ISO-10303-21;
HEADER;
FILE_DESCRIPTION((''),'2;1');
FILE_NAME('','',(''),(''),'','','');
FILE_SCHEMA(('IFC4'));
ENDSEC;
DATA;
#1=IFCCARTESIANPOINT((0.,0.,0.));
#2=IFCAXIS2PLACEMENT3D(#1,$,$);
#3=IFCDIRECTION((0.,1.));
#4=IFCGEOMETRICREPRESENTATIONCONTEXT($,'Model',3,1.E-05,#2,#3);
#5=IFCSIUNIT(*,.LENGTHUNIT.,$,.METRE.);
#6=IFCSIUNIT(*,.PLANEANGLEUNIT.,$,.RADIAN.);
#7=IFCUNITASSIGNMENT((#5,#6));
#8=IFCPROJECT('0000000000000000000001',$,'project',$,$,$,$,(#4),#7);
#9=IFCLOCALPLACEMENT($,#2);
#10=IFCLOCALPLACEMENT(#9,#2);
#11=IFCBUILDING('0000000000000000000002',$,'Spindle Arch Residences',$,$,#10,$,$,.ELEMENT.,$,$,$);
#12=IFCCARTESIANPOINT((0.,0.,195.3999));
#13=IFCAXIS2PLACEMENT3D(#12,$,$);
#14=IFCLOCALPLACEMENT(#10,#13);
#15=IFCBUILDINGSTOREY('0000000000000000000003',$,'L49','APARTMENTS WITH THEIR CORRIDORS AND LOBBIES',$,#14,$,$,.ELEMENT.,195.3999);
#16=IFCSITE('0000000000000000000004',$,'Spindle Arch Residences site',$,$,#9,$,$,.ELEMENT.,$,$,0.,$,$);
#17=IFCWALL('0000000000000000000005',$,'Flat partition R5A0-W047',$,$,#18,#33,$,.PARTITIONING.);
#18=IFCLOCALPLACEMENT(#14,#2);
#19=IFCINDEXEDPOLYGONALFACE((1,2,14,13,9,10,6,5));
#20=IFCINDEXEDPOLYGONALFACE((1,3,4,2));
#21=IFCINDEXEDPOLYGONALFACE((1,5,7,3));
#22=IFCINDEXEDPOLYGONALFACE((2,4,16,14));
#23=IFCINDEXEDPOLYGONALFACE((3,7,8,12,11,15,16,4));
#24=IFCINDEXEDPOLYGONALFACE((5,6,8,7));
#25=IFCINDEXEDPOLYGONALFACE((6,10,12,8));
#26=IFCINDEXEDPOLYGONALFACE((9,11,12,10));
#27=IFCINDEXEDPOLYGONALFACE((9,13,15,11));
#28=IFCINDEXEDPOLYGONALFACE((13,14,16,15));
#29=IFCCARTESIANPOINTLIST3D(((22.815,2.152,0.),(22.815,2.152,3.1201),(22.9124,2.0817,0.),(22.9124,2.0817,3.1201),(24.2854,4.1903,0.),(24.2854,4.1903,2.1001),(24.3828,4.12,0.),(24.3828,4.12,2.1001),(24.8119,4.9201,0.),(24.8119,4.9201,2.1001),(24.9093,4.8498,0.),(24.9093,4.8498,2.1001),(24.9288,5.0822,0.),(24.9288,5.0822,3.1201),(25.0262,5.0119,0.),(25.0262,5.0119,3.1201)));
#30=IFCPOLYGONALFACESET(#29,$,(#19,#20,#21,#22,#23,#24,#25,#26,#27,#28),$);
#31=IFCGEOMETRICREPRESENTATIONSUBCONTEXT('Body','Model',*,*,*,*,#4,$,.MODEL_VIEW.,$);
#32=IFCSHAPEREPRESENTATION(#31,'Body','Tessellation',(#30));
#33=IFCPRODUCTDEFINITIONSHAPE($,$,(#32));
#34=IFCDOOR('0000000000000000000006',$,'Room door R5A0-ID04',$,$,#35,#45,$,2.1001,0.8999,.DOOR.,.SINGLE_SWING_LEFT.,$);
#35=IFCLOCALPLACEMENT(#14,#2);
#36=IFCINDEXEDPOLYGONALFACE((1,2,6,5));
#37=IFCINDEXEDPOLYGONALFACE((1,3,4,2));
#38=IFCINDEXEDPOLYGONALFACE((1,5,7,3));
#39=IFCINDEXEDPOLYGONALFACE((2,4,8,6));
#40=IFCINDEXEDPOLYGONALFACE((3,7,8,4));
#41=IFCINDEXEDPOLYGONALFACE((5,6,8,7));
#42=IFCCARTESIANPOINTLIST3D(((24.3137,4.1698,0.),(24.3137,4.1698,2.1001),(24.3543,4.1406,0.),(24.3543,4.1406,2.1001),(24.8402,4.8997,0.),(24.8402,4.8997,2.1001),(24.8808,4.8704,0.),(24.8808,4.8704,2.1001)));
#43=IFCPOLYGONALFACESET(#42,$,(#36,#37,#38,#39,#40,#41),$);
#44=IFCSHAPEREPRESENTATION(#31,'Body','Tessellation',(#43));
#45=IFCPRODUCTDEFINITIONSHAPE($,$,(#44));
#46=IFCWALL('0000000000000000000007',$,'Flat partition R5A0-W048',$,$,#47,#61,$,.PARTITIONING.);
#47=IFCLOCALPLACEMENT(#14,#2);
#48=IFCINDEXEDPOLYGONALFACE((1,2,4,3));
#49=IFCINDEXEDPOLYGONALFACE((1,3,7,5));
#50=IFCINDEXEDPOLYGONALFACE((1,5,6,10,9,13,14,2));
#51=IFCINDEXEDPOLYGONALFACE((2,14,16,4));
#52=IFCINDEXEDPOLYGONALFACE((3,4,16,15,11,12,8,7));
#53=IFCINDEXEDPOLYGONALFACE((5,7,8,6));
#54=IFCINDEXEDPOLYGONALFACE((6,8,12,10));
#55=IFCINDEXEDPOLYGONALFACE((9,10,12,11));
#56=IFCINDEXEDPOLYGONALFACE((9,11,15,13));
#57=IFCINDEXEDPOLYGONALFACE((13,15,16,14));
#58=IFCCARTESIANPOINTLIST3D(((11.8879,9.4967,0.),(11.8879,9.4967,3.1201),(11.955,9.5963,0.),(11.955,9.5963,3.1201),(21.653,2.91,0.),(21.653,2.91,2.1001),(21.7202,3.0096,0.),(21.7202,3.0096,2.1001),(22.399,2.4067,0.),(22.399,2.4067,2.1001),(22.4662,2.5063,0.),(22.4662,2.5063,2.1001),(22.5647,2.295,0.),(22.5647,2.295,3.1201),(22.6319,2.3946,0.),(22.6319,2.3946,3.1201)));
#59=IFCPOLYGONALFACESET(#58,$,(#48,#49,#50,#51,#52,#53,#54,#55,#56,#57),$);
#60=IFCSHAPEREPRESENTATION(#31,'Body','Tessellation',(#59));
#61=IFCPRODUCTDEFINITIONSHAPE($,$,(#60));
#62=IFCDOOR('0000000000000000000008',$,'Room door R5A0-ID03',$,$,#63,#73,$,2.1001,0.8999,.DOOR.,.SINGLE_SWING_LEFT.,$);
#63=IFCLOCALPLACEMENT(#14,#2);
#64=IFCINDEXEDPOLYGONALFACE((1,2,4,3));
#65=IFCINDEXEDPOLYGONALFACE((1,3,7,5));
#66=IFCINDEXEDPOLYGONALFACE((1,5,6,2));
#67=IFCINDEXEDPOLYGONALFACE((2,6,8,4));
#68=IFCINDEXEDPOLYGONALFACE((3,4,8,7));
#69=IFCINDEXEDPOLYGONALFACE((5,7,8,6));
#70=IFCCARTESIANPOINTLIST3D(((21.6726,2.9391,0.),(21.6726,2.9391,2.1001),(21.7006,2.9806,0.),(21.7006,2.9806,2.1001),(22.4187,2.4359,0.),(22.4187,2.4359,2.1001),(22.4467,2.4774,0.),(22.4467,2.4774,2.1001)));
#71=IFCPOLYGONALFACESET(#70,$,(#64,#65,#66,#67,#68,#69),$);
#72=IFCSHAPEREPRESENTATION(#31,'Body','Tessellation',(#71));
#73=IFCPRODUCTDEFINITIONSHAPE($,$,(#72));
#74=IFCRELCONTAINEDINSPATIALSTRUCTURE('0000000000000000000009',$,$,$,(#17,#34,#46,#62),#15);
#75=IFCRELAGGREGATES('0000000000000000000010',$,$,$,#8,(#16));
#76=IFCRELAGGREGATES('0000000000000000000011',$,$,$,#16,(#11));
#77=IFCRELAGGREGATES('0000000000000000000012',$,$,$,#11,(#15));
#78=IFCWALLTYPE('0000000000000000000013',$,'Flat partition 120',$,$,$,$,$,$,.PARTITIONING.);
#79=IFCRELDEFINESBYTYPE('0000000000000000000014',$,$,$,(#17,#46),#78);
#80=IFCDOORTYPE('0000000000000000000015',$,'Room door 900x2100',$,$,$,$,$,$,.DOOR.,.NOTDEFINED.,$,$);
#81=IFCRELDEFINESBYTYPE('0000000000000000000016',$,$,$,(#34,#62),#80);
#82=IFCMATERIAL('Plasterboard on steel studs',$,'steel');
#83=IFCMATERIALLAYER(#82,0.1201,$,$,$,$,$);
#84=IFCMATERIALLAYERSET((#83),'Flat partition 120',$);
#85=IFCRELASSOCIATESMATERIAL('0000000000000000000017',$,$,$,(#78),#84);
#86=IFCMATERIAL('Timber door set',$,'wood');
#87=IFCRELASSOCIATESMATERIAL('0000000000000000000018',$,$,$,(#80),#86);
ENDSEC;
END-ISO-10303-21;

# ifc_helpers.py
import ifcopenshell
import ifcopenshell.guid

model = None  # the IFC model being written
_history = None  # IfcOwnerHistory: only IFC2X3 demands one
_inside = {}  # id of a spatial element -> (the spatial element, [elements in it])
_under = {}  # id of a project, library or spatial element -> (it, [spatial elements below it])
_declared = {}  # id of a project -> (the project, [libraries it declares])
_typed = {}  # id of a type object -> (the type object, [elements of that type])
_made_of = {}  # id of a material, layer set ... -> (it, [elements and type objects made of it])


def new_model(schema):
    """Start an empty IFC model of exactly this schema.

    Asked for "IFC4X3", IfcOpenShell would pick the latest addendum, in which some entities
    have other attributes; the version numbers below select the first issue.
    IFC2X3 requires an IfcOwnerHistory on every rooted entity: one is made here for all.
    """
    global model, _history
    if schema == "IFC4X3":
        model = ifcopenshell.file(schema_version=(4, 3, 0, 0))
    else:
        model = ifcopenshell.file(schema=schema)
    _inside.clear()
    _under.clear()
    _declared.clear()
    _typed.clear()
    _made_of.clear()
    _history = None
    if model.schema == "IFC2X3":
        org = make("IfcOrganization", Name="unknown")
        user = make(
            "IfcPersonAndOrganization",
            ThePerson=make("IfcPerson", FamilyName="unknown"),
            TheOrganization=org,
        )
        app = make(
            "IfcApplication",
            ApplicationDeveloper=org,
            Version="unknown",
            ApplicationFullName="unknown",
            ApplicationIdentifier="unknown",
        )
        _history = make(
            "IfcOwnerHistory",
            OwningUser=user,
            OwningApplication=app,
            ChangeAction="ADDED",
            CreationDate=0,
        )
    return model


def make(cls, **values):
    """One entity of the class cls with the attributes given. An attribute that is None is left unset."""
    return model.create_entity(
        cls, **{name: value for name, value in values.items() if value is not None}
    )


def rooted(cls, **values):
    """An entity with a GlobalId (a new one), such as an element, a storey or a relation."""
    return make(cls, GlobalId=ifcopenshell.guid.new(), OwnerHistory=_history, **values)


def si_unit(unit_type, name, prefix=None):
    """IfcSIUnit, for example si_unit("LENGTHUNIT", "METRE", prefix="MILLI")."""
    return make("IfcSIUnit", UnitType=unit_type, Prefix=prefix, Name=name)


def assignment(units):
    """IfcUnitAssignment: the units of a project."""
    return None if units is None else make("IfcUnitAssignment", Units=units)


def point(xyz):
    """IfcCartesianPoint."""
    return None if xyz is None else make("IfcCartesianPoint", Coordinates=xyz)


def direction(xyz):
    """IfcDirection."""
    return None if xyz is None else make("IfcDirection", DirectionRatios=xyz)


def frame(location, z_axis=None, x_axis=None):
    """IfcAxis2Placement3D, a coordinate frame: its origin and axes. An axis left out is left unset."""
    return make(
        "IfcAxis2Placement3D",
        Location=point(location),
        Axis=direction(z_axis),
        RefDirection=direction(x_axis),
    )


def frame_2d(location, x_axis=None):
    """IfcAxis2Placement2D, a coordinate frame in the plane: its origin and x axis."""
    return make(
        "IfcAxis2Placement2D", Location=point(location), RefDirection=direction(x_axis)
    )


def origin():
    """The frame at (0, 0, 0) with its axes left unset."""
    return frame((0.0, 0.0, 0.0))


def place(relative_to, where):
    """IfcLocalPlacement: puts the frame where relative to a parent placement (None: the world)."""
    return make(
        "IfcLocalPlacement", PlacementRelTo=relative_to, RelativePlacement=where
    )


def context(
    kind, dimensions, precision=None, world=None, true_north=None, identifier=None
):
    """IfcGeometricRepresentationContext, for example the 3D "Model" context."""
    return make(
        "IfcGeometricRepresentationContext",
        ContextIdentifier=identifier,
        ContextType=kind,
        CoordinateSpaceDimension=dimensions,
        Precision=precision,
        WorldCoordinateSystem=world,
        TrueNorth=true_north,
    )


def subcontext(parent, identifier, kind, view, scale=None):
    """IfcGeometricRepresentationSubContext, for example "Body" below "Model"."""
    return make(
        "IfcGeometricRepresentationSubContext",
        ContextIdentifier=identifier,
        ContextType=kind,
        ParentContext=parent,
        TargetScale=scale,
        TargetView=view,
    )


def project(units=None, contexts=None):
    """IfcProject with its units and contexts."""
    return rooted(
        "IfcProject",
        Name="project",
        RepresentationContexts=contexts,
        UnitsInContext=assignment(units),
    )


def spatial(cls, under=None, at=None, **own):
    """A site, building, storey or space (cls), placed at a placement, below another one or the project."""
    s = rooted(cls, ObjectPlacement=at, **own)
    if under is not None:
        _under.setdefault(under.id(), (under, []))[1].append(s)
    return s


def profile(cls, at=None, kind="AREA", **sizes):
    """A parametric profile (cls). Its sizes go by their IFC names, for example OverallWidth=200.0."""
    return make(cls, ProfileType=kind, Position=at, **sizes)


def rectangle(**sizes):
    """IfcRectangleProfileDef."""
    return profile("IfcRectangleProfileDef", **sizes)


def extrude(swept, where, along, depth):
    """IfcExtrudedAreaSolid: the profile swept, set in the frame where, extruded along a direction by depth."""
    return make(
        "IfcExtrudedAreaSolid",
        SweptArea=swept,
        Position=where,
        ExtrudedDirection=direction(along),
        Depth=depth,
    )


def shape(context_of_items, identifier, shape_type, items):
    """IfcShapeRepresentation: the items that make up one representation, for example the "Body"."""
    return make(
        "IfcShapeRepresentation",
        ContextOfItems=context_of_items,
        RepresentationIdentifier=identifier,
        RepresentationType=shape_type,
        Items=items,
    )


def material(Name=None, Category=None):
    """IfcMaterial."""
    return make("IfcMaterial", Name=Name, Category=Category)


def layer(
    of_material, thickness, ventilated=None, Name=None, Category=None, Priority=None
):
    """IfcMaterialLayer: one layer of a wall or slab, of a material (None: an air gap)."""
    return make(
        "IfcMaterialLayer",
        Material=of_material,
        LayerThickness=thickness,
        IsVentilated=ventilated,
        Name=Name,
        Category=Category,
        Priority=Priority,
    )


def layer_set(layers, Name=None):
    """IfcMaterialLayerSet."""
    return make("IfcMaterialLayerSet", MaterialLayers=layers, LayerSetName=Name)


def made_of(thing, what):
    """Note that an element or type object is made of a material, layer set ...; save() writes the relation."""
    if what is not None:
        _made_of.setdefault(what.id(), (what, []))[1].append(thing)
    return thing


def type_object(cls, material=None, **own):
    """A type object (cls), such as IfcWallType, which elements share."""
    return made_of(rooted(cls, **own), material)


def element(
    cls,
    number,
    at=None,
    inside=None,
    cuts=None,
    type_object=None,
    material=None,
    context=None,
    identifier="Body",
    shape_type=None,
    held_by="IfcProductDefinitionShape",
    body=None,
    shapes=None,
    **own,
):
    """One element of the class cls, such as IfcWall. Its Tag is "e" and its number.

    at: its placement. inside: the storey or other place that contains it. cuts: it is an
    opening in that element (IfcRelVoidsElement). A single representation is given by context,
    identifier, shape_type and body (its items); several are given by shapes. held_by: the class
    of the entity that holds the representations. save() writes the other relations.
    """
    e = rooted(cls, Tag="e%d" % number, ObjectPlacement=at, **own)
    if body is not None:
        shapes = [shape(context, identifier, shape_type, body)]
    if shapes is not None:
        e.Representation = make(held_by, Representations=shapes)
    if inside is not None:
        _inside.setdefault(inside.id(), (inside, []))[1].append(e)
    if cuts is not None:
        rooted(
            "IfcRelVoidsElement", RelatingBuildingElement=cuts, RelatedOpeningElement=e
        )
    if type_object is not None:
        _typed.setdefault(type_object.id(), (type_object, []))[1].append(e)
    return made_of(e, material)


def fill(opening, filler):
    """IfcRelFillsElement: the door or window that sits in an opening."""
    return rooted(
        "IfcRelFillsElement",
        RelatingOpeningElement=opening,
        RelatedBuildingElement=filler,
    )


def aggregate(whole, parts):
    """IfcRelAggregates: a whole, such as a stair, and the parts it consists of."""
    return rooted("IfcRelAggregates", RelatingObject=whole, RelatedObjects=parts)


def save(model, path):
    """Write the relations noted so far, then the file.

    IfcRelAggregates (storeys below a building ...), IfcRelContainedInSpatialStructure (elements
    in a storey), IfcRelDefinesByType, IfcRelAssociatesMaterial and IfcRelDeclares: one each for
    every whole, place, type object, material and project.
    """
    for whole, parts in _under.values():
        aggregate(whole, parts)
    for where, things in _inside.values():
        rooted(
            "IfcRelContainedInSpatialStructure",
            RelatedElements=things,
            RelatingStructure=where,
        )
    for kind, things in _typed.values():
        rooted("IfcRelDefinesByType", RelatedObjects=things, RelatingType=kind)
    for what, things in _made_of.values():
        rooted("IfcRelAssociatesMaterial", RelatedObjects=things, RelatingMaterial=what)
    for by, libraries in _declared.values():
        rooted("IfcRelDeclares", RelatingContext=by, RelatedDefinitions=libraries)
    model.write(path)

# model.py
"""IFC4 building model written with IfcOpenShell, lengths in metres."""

from ifc_helpers import new_model, si_unit, direction, frame, frame_2d, origin, place, context, subcontext, project, spatial, rectangle, extrude, material, layer, layer_set, type_object, element, fill, save


model = new_model("IFC4")

# Units and contexts
model_context = context("Model", 3, precision=1e-05, world=origin(), true_north=direction((0.0, 1.0)))
body_context = subcontext(model_context, "Body", "Model", "MODEL_VIEW")
ifc_project = project(units=[si_unit("LENGTHUNIT", "METRE"), si_unit("PLANEANGLEUNIT", "RADIAN")], contexts=[model_context])

# Site, building, storey
site_placement = place(None, origin())
site = spatial("IfcSite", under=ifc_project, at=site_placement, Name="Spindle Arch Residences site", CompositionType="ELEMENT", RefElevation=0.0)
building_placement = place(site_placement, origin())
building = spatial("IfcBuilding", under=site, at=building_placement, Name="Spindle Arch Residences", CompositionType="ELEMENT")
storey_placement = place(building_placement, frame((0.0, 0.0, 195.3999)))
storey = spatial("IfcBuildingStorey", under=building, at=storey_placement, Name="L49", Description="APARTMENTS WITH THEIR CORRIDORS AND LOBBIES", CompositionType="ELEMENT", Elevation=195.3999)

# Shared definitions
ifc_material_1 = material(Name="Plasterboard on steel studs", Category="steel")
ifc_layer_1 = layer(ifc_material_1, 0.1201)
ifc_layer_set_1 = layer_set([ifc_layer_1], Name="Flat partition 120")
wall_type = type_object("IfcWallType", Name="Flat partition 120", PredefinedType="PARTITIONING", material=ifc_layer_set_1)

# Walls, openings, doors
wall_1_placement = place(storey_placement, frame((24.9775, 5.0471, 0.0), z_axis=(0.0, 0.0, 1.0), x_axis=(-0.585041, -0.811003, 0.0)))
wall_1 = element("IfcWall", 1, at=wall_1_placement, inside=storey, type_object=wall_type, Name="Flat partition R5A0-W047", PredefinedType="PARTITIONING", context=body_context, shape_type="SweptSolid", body=[
    extrude(rectangle(XDim=3.613, YDim=0.1201, at=frame_2d((1.8066, 0.0))), origin(), (0.0, 0.0, 1.0), 3.1201),
])
opening_1_placement = place(wall_1_placement, frame((0.2, 0.0, 0.0)))
opening_1 = element("IfcOpeningElement", 2, at=opening_1_placement, cuts=wall_1, PredefinedType="OPENING", context=body_context, shape_type="SweptSolid", body=[
    extrude(rectangle(XDim=0.8999, YDim=2.1001, at=frame_2d((0.45, 1.05))), frame((0.0, 0.0701, 0.0), z_axis=(0.0, -1.0, 0.0), x_axis=(1.0, 0.0, 0.0)), (0.0, 0.0, 1.0), 0.1401),
])
ifc_material_2 = material(Name="Timber door set", Category="wood")
door_type_1 = type_object("IfcDoorType", Name="Room door 900x2100", OperationType="NOTDEFINED", PredefinedType="DOOR", material=ifc_material_2)
door_1_placement = place(opening_1_placement, origin())
door_1 = element("IfcDoor", 3, at=door_1_placement, inside=storey, type_object=door_type_1, Name="Room door R5A0-ID04", OperationType="SINGLE_SWING_LEFT", OverallHeight=2.1001, OverallWidth=0.8999, PredefinedType="DOOR", context=body_context, shape_type="SweptSolid", body=[
    extrude(rectangle(XDim=0.8999, YDim=2.1001, at=frame_2d((0.45, 1.05))), frame((0.0, 0.0249, 0.0), z_axis=(0.0, -1.0, 0.0), x_axis=(1.0, 0.0, 0.0)), (0.0, 0.0, 1.0), 0.05),
])
fill(opening_1, door_1)
wall_2_placement = place(storey_placement, frame((22.5984, 2.3447, 0.0), z_axis=(0.0, 0.0, 1.0), x_axis=(-0.829034, 0.559198, 0.0)))
wall_2 = element("IfcWall", 4, at=wall_2_placement, inside=storey, type_object=wall_type, Name="Flat partition R5A0-W048", PredefinedType="PARTITIONING", context=body_context, shape_type="SweptSolid", body=[
    extrude(rectangle(XDim=12.8787, YDim=0.1201, at=frame_2d((6.4395, 0.0))), origin(), (0.0, 0.0, 1.0), 3.1201),
])
opening_2_placement = place(wall_2_placement, frame((0.2, 0.0, 0.0)))
opening_2 = element("IfcOpeningElement", 5, at=opening_2_placement, cuts=wall_2, PredefinedType="OPENING", context=body_context, shape_type="SweptSolid", body=[
    extrude(rectangle(XDim=0.8999, YDim=2.1001, at=frame_2d((0.45, 1.05))), frame((0.0, 0.0701, 0.0), z_axis=(0.0, -1.0, 0.0), x_axis=(1.0, 0.0, 0.0)), (0.0, 0.0, 1.0), 0.1401),
])
door_2_placement = place(opening_2_placement, origin())
door_2 = element("IfcDoor", 6, at=door_2_placement, inside=storey, type_object=door_type_1, Name="Room door R5A0-ID03", OperationType="SINGLE_SWING_LEFT", OverallHeight=2.1001, OverallWidth=0.8999, PredefinedType="DOOR", context=body_context, shape_type="SweptSolid", body=[
    extrude(rectangle(XDim=0.8999, YDim=2.1001, at=frame_2d((0.45, 1.05))), frame((0.0, 0.0249, 0.0), z_axis=(0.0, -1.0, 0.0), x_axis=(1.0, 0.0, 0.0)), (0.0, 0.0, 1.0), 0.05),
])
fill(opening_2, door_2)

save(model, "model.ifc")
